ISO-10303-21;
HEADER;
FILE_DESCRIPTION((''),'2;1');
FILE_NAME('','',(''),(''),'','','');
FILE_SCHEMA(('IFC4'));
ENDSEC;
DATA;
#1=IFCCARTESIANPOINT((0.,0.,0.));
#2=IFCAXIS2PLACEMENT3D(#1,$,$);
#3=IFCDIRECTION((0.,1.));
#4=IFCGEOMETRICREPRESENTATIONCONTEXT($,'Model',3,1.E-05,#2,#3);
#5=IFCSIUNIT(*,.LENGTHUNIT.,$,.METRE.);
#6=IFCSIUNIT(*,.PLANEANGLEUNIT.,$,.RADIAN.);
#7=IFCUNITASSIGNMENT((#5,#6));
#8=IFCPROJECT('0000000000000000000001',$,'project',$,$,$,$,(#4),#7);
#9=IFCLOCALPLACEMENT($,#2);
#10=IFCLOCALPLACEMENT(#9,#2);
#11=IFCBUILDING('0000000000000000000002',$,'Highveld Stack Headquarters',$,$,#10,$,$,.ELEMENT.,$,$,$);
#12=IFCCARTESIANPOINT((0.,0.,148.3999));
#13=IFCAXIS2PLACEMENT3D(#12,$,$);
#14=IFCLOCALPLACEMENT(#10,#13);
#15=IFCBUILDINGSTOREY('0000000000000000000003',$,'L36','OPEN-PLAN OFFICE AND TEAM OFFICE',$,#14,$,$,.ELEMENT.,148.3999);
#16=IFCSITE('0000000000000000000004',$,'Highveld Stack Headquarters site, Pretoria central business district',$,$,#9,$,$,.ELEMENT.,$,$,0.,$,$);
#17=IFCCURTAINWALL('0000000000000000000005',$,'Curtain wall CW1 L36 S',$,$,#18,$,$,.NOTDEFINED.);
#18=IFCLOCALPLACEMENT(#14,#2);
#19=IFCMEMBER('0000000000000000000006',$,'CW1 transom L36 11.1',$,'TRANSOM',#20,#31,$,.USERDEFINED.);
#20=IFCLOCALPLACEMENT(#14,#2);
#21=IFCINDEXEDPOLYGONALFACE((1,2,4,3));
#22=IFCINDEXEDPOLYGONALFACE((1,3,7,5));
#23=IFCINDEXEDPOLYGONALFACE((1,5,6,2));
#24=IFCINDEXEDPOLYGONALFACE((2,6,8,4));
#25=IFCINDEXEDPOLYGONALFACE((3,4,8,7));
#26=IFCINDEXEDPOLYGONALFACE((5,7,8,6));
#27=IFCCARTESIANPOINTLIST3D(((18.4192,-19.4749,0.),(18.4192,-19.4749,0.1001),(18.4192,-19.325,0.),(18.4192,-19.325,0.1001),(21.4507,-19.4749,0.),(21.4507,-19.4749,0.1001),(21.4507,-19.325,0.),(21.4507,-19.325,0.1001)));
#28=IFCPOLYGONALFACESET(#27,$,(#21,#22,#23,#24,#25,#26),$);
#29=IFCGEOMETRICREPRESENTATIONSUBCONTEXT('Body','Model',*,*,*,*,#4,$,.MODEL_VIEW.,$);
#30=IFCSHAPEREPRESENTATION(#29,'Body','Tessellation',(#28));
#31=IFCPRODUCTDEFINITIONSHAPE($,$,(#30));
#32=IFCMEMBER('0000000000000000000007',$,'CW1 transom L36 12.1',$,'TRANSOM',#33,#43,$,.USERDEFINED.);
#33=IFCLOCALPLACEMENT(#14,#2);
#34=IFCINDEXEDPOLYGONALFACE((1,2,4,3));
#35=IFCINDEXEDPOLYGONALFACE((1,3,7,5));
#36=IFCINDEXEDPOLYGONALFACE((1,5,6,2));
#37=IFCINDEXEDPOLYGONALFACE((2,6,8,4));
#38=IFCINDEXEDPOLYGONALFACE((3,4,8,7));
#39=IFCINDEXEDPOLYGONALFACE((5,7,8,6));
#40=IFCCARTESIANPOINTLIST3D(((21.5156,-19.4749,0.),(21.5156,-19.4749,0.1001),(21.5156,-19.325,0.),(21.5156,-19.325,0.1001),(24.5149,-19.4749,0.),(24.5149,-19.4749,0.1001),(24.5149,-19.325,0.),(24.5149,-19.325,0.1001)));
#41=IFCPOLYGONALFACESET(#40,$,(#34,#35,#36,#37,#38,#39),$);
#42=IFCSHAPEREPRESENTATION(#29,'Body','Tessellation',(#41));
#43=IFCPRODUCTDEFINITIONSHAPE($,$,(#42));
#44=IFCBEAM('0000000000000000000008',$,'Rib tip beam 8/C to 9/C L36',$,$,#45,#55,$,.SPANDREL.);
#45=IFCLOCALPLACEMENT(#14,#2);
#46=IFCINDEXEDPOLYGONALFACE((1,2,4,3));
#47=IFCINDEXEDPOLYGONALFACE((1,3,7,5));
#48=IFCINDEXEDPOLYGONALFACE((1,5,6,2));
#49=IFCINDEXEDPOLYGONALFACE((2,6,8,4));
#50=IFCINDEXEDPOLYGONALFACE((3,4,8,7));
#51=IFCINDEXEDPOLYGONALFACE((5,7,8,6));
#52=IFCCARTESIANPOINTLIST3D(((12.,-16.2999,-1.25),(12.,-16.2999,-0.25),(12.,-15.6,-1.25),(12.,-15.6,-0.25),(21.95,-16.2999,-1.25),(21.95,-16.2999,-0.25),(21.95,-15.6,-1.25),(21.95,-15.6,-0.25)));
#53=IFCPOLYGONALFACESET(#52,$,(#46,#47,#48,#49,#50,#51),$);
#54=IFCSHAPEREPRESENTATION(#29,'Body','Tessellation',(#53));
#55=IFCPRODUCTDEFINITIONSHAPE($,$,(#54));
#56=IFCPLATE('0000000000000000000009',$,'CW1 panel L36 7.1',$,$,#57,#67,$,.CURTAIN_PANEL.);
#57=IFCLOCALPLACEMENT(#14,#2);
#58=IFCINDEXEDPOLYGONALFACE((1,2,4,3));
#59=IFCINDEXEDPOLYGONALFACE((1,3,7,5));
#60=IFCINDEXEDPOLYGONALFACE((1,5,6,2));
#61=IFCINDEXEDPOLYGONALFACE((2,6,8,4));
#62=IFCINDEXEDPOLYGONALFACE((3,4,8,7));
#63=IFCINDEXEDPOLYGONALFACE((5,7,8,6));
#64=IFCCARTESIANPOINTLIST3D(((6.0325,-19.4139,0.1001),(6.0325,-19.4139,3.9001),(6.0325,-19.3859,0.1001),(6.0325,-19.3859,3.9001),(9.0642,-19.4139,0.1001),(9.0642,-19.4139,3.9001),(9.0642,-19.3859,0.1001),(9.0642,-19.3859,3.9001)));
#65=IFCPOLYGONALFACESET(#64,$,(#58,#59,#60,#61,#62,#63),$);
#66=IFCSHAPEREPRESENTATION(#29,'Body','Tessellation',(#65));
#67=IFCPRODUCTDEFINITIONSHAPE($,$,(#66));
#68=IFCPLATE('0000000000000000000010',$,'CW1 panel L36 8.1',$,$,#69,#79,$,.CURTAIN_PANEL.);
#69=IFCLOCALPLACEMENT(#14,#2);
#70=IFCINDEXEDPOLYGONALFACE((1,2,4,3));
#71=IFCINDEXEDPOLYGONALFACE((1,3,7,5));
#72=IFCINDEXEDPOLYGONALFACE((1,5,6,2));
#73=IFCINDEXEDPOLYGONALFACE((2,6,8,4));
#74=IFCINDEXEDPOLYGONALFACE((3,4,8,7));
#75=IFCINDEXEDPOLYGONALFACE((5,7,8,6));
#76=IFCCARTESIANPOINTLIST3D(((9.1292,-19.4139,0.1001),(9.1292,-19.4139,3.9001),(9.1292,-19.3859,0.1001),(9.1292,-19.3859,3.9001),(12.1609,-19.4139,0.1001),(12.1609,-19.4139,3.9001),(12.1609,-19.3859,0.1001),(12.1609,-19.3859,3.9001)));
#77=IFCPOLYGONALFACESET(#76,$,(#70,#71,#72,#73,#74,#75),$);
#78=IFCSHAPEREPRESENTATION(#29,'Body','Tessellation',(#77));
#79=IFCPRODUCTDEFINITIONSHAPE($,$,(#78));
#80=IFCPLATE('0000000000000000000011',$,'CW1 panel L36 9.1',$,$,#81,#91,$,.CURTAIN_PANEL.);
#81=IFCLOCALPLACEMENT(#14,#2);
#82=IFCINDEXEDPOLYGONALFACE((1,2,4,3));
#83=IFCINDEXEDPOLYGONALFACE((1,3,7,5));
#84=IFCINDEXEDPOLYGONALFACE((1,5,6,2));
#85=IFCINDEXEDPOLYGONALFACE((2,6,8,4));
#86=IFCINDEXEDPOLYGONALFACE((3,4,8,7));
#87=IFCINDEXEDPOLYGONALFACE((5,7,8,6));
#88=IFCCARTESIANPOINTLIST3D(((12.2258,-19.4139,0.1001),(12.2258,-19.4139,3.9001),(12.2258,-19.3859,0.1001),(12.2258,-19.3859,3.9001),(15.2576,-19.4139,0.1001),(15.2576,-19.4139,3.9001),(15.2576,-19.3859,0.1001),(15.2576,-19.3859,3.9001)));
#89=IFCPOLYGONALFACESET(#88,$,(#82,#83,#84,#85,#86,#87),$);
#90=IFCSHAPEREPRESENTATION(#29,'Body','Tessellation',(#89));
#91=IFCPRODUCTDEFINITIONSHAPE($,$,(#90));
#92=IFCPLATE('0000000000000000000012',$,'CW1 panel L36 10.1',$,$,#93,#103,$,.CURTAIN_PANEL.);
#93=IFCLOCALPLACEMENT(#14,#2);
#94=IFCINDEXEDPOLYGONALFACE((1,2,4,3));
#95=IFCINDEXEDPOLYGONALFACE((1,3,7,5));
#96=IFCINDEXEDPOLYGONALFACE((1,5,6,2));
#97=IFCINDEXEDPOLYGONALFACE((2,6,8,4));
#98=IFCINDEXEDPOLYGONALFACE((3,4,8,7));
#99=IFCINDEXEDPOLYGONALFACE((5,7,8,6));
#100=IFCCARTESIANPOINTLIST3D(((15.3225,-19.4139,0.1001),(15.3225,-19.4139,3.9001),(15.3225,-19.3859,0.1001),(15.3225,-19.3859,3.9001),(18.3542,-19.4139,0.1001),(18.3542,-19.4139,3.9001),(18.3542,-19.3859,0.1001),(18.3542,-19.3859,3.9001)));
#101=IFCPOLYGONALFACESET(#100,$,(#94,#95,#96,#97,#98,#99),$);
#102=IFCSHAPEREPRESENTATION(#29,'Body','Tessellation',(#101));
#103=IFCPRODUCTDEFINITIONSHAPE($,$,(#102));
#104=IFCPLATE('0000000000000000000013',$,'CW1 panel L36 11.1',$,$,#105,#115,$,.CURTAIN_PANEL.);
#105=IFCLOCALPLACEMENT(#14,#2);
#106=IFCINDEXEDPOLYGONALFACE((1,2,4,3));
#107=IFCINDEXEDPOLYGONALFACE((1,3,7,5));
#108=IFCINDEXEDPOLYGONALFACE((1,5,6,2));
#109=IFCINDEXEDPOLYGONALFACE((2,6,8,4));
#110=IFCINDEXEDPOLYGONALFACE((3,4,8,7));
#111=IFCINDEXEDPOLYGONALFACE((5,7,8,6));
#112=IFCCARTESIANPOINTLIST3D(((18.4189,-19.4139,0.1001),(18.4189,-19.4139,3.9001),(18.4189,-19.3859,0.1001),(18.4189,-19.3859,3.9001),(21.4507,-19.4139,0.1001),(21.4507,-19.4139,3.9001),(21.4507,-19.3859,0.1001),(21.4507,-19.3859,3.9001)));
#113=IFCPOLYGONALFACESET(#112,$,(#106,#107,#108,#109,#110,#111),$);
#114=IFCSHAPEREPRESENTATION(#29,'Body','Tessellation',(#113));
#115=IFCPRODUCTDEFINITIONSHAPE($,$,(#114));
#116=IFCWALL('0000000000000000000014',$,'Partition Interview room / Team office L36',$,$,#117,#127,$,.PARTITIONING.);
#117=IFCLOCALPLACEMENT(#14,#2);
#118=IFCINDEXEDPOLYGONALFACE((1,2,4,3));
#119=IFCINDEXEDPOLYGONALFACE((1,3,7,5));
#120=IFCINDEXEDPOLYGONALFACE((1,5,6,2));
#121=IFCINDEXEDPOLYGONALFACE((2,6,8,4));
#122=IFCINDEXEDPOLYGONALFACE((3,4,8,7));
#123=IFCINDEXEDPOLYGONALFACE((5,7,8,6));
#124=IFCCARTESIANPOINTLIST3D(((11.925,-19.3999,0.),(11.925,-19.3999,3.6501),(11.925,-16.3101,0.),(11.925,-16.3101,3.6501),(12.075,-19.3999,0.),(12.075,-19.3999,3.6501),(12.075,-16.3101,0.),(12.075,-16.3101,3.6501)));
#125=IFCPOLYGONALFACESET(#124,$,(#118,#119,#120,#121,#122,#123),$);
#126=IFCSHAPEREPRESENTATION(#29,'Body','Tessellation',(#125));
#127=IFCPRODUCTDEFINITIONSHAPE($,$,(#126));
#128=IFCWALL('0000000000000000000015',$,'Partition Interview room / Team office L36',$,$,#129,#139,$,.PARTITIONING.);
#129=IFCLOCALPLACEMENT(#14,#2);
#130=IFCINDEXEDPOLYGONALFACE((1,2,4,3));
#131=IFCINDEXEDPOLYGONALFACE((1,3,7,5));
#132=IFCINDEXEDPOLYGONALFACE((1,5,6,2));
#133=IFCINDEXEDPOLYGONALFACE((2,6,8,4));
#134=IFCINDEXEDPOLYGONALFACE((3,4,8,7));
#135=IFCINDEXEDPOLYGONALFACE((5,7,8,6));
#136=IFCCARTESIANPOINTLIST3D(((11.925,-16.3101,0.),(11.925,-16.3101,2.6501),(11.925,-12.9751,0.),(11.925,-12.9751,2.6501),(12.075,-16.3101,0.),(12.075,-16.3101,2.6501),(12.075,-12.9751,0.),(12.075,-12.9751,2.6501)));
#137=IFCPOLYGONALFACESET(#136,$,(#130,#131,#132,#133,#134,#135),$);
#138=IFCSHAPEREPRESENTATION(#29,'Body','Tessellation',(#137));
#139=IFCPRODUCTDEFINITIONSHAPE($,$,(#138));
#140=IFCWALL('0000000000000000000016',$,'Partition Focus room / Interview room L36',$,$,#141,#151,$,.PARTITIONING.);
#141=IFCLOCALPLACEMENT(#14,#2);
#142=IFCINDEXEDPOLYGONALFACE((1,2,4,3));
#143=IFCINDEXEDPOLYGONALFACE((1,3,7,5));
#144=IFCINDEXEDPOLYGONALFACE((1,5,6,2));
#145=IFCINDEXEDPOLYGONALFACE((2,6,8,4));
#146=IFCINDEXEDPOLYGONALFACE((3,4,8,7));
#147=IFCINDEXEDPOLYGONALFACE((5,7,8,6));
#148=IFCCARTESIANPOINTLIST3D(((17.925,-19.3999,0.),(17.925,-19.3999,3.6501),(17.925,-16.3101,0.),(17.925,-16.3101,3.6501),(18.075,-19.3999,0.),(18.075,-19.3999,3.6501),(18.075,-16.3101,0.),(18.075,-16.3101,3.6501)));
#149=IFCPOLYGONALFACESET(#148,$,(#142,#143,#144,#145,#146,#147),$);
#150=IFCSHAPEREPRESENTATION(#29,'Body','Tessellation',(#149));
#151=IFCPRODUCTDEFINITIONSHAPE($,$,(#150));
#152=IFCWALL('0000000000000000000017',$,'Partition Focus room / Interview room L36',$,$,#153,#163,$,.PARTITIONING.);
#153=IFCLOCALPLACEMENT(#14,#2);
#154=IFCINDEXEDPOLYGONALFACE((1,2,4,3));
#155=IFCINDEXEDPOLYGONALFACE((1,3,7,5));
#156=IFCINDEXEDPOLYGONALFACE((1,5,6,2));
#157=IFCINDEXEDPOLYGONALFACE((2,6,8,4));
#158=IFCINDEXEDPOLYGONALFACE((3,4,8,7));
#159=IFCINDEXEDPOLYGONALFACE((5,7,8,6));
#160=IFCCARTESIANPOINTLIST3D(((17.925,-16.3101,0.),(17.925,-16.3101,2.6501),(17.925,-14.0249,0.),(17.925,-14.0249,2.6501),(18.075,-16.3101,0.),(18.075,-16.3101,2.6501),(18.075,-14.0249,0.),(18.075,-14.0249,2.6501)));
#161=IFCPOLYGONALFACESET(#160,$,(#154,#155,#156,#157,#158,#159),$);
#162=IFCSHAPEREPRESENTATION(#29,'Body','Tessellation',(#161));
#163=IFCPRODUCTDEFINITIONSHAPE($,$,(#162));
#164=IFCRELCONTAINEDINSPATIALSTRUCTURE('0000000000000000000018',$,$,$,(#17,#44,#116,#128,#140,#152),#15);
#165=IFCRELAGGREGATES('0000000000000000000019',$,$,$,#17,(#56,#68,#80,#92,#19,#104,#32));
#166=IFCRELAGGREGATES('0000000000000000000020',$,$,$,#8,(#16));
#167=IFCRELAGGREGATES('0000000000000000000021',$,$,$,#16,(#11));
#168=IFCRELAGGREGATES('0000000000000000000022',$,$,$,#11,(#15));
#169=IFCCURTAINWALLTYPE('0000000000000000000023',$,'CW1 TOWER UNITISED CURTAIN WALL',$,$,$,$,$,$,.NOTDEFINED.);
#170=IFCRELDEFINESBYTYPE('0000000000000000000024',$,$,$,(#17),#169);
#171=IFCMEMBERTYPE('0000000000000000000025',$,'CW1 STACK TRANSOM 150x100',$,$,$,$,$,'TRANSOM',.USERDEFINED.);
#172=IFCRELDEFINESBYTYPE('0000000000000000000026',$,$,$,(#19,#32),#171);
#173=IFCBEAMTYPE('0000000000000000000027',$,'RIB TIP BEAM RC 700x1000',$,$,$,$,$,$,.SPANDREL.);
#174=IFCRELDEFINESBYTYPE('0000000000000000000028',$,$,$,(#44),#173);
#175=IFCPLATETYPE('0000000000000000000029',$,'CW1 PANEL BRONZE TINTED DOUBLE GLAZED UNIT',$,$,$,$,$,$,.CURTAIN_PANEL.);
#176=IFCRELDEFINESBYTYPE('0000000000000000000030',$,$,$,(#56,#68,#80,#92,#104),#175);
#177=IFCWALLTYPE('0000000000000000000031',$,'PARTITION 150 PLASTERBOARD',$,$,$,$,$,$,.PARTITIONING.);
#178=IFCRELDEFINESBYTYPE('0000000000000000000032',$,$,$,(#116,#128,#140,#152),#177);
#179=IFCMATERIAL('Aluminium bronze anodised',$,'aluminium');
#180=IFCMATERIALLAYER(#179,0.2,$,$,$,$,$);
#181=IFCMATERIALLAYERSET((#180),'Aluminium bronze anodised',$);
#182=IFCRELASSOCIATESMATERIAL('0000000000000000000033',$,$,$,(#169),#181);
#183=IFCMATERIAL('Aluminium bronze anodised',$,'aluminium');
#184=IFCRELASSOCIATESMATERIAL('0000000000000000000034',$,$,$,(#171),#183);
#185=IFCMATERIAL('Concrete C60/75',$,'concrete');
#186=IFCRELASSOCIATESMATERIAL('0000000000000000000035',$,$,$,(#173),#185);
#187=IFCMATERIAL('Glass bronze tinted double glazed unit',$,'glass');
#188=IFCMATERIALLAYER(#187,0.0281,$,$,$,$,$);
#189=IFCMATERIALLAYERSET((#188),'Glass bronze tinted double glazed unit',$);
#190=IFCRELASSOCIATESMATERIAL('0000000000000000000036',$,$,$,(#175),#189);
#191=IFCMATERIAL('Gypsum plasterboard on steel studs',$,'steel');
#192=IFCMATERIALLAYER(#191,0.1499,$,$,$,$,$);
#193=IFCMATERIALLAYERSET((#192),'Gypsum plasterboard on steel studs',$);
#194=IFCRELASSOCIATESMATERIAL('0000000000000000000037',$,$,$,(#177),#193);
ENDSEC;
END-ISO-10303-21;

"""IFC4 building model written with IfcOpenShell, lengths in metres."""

from ifc_helpers import new_model, si_unit, direction, frame, frame_2d, origin, origin_2d, place, context, subcontext, project, spatial, rectangle, extrude, material, layer, layer_set, material_profile, profile_set, type_object, element, aggregate, save


model = new_model("IFC4")

# Units and contexts
model_context = context("Model", 3, precision=1e-05, world=origin(), true_north=direction((0.0, 1.0)))
body_context = subcontext(model_context, "Body", "Model", "MODEL_VIEW")
ifc_project = project(units=[si_unit("LENGTHUNIT", "METRE"), si_unit("PLANEANGLEUNIT", "RADIAN")], contexts=[model_context])

# Site, building, storey
site_placement = place(None, origin())
site = spatial("IfcSite", under=ifc_project, at=site_placement, Name="Highveld Stack Headquarters site, Pretoria central business district", CompositionType="ELEMENT", RefElevation=0.0)
building_placement = place(site_placement, origin())
building = spatial("IfcBuilding", under=site, at=building_placement, Name="Highveld Stack Headquarters", CompositionType="ELEMENT")
storey_placement = place(building_placement, frame((0.0, 0.0, 148.3999)))
storey = spatial("IfcBuildingStorey", under=building, at=storey_placement, Name="L36", Description="OPEN-PLAN OFFICE AND TEAM OFFICE", CompositionType="ELEMENT", Elevation=148.3999)

# Curtain wall, members
ifc_material_1 = material(Name="Aluminium bronze anodised", Category="aluminium")
ifc_layer_1 = layer(ifc_material_1, 0.2)
ifc_layer_set_1 = layer_set([ifc_layer_1], Name="Aluminium bronze anodised")
curtain_wall_type = type_object("IfcCurtainWallType", Name="CW1 TOWER UNITISED CURTAIN WALL", PredefinedType="NOTDEFINED", material=ifc_layer_set_1)
curtain_wall_placement = place(storey_placement, origin())
curtain_wall = element("IfcCurtainWall", 1, at=curtain_wall_placement, inside=storey, type_object=curtain_wall_type, Name="Curtain wall CW1 L36 S", PredefinedType="NOTDEFINED")
ifc_material_2 = material(Name="Aluminium bronze anodised", Category="aluminium")
ifc_material_profile_1 = material_profile(ifc_material_2, rectangle(XDim=0.1499, YDim=0.1001, at=origin_2d()), Name="CW1 TRANSOM 150x100")
ifc_profile_set_1 = profile_set([ifc_material_profile_1], Name="Aluminium bronze anodised")
member_type_1 = type_object("IfcMemberType", Name="CW1 STACK TRANSOM 150x100", ElementType="TRANSOM", PredefinedType="USERDEFINED", material=ifc_profile_set_1)
member_1_placement = place(storey_placement, frame((18.4192, -19.3999, 0.05), z_axis=(1.0, 0.0, 0.0), x_axis=(0.0, 1.0, 0.0)))
member_1 = element("IfcMember", 2, at=member_1_placement, type_object=member_type_1, Name="CW1 transom L36 11.1", ObjectType="TRANSOM", PredefinedType="USERDEFINED", context=body_context, shape_type="SweptSolid", body=[
    extrude(rectangle(XDim=0.1499, YDim=0.1001, at=origin_2d()), origin(), (0.0, 0.0, 1.0), 3.0315),
])
member_2_placement = place(storey_placement, frame((21.5156, -19.3999, 0.05), z_axis=(1.0, 0.0, 0.0), x_axis=(0.0, 1.0, 0.0)))
member_2 = element("IfcMember", 3, at=member_2_placement, type_object=member_type_1, Name="CW1 transom L36 12.1", ObjectType="TRANSOM", PredefinedType="USERDEFINED", context=body_context, shape_type="SweptSolid", body=[
    extrude(rectangle(XDim=0.1499, YDim=0.1001, at=origin_2d()), origin(), (0.0, 0.0, 1.0), 2.9993),
])

# Beam
ifc_material_3 = material(Name="Concrete C60/75", Category="concrete")
ifc_material_profile_2 = material_profile(ifc_material_3, rectangle(XDim=0.7, YDim=1.0, at=origin_2d()), Name="RC 700x1000")
ifc_profile_set_2 = profile_set([ifc_material_profile_2], Name="Concrete C60/75")
beam_type = type_object("IfcBeamType", Name="RIB TIP BEAM RC 700x1000", PredefinedType="SPANDREL", material=ifc_profile_set_2)
beam_placement = place(storey_placement, frame((12.0, -15.95, -0.75), z_axis=(1.0, 0.0, 0.0), x_axis=(0.0, 1.0, 0.0)))
element("IfcBeam", 4, at=beam_placement, inside=storey, type_object=beam_type, Name="Rib tip beam 8/C to 9/C L36", PredefinedType="SPANDREL", context=body_context, shape_type="SweptSolid", body=[
    extrude(rectangle(XDim=0.7, YDim=1.0, at=origin_2d()), origin(), (0.0, 0.0, 1.0), 9.95),
])

# Plates
ifc_material_4 = material(Name="Glass bronze tinted double glazed unit", Category="glass")
ifc_layer_2 = layer(ifc_material_4, 0.0281)
ifc_layer_set_2 = layer_set([ifc_layer_2], Name="Glass bronze tinted double glazed unit")
plate_type = type_object("IfcPlateType", Name="CW1 PANEL BRONZE TINTED DOUBLE GLAZED UNIT", PredefinedType="CURTAIN_PANEL", material=ifc_layer_set_2)
plate_1_placement = place(storey_placement, frame((7.5483, -19.3999, 0.1001), z_axis=(0.0, 0.0, 1.0), x_axis=(1.0, 0.0, 0.0)))
plate_1 = element("IfcPlate", 5, at=plate_1_placement, type_object=plate_type, Name="CW1 panel L36 7.1", PredefinedType="CURTAIN_PANEL", context=body_context, shape_type="SweptSolid", body=[
    extrude(rectangle(XDim=3.0317, YDim=0.0281, at=origin_2d()), origin(), (0.0, 0.0, 1.0), 3.8),
])
plate_2_placement = place(storey_placement, frame((10.645, -19.3999, 0.1001), z_axis=(0.0, 0.0, 1.0), x_axis=(1.0, 0.0, 0.0)))
plate_2 = element("IfcPlate", 6, at=plate_2_placement, type_object=plate_type, Name="CW1 panel L36 8.1", PredefinedType="CURTAIN_PANEL", context=body_context, shape_type="SweptSolid", body=[
    extrude(rectangle(XDim=3.0317, YDim=0.0281, at=origin_2d()), origin(), (0.0, 0.0, 1.0), 3.8),
])
plate_3_placement = place(storey_placement, frame((13.7417, -19.3999, 0.1001), z_axis=(0.0, 0.0, 1.0), x_axis=(1.0, 0.0, 0.0)))
plate_3 = element("IfcPlate", 7, at=plate_3_placement, type_object=plate_type, Name="CW1 panel L36 9.1", PredefinedType="CURTAIN_PANEL", context=body_context, shape_type="SweptSolid", body=[
    extrude(rectangle(XDim=3.0317, YDim=0.0281, at=origin_2d()), origin(), (0.0, 0.0, 1.0), 3.8),
])
plate_4_placement = place(storey_placement, frame((16.8384, -19.3999, 0.1001), z_axis=(0.0, 0.0, 1.0), x_axis=(1.0, 0.0, 0.0)))
plate_4 = element("IfcPlate", 8, at=plate_4_placement, type_object=plate_type, Name="CW1 panel L36 10.1", PredefinedType="CURTAIN_PANEL", context=body_context, shape_type="SweptSolid", body=[
    extrude(rectangle(XDim=3.0317, YDim=0.0281, at=origin_2d()), origin(), (0.0, 0.0, 1.0), 3.8),
])
plate_5_placement = place(storey_placement, frame((19.9348, -19.3999, 0.1001), z_axis=(0.0, 0.0, 1.0), x_axis=(1.0, 0.0, 0.0)))
plate_5 = element("IfcPlate", 9, at=plate_5_placement, type_object=plate_type, Name="CW1 panel L36 11.1", PredefinedType="CURTAIN_PANEL", context=body_context, shape_type="SweptSolid", body=[
    extrude(rectangle(XDim=3.0317, YDim=0.0281, at=origin_2d()), origin(), (0.0, 0.0, 1.0), 3.8),
])
aggregate(curtain_wall, [plate_1, plate_2, plate_3, plate_4, member_1, plate_5, member_2])

# Walls
ifc_material_5 = material(Name="Gypsum plasterboard on steel studs", Category="steel")
ifc_layer_3 = layer(ifc_material_5, 0.1499)
ifc_layer_set_3 = layer_set([ifc_layer_3], Name="Gypsum plasterboard on steel studs")
wall_type = type_object("IfcWallType", Name="PARTITION 150 PLASTERBOARD", PredefinedType="PARTITIONING", material=ifc_layer_set_3)
wall_1_placement = place(storey_placement, frame((12.0, -19.3999, 0.0), z_axis=(0.0, 0.0, 1.0), x_axis=(0.0, 1.0, 0.0)))
element("IfcWall", 10, at=wall_1_placement, inside=storey, type_object=wall_type, Name="Partition Interview room / Team office L36", PredefinedType="PARTITIONING", context=body_context, shape_type="SweptSolid", body=[
    extrude(rectangle(XDim=3.0898, YDim=0.1499, at=frame_2d((1.5449, 0.0))), origin(), (0.0, 0.0, 1.0), 3.6501),
])
wall_2_placement = place(storey_placement, frame((12.0, -16.3101, 0.0), z_axis=(0.0, 0.0, 1.0), x_axis=(0.0, 1.0, 0.0)))
element("IfcWall", 11, at=wall_2_placement, inside=storey, type_object=wall_type, Name="Partition Interview room / Team office L36", PredefinedType="PARTITIONING", context=body_context, shape_type="SweptSolid", body=[
    extrude(rectangle(XDim=3.335, YDim=0.1499, at=frame_2d((1.6675, 0.0))), origin(), (0.0, 0.0, 1.0), 2.6501),
])
wall_3_placement = place(storey_placement, frame((18.0, -19.3999, 0.0), z_axis=(0.0, 0.0, 1.0), x_axis=(0.0, 1.0, 0.0)))
element("IfcWall", 12, at=wall_3_placement, inside=storey, type_object=wall_type, Name="Partition Focus room / Interview room L36", PredefinedType="PARTITIONING", context=body_context, shape_type="SweptSolid", body=[
    extrude(rectangle(XDim=3.0898, YDim=0.1499, at=frame_2d((1.5449, 0.0))), origin(), (0.0, 0.0, 1.0), 3.6501),
])
wall_4_placement = place(storey_placement, frame((18.0, -16.3101, 0.0), z_axis=(0.0, 0.0, 1.0), x_axis=(0.0, 1.0, 0.0)))
element("IfcWall", 13, at=wall_4_placement, inside=storey, type_object=wall_type, Name="Partition Focus room / Interview room L36", PredefinedType="PARTITIONING", context=body_context, shape_type="SweptSolid", body=[
    extrude(rectangle(XDim=2.2852, YDim=0.1499, at=frame_2d((1.1426, 0.0))), origin(), (0.0, 0.0, 1.0), 2.6501),
])

save(model, "model.ifc")
